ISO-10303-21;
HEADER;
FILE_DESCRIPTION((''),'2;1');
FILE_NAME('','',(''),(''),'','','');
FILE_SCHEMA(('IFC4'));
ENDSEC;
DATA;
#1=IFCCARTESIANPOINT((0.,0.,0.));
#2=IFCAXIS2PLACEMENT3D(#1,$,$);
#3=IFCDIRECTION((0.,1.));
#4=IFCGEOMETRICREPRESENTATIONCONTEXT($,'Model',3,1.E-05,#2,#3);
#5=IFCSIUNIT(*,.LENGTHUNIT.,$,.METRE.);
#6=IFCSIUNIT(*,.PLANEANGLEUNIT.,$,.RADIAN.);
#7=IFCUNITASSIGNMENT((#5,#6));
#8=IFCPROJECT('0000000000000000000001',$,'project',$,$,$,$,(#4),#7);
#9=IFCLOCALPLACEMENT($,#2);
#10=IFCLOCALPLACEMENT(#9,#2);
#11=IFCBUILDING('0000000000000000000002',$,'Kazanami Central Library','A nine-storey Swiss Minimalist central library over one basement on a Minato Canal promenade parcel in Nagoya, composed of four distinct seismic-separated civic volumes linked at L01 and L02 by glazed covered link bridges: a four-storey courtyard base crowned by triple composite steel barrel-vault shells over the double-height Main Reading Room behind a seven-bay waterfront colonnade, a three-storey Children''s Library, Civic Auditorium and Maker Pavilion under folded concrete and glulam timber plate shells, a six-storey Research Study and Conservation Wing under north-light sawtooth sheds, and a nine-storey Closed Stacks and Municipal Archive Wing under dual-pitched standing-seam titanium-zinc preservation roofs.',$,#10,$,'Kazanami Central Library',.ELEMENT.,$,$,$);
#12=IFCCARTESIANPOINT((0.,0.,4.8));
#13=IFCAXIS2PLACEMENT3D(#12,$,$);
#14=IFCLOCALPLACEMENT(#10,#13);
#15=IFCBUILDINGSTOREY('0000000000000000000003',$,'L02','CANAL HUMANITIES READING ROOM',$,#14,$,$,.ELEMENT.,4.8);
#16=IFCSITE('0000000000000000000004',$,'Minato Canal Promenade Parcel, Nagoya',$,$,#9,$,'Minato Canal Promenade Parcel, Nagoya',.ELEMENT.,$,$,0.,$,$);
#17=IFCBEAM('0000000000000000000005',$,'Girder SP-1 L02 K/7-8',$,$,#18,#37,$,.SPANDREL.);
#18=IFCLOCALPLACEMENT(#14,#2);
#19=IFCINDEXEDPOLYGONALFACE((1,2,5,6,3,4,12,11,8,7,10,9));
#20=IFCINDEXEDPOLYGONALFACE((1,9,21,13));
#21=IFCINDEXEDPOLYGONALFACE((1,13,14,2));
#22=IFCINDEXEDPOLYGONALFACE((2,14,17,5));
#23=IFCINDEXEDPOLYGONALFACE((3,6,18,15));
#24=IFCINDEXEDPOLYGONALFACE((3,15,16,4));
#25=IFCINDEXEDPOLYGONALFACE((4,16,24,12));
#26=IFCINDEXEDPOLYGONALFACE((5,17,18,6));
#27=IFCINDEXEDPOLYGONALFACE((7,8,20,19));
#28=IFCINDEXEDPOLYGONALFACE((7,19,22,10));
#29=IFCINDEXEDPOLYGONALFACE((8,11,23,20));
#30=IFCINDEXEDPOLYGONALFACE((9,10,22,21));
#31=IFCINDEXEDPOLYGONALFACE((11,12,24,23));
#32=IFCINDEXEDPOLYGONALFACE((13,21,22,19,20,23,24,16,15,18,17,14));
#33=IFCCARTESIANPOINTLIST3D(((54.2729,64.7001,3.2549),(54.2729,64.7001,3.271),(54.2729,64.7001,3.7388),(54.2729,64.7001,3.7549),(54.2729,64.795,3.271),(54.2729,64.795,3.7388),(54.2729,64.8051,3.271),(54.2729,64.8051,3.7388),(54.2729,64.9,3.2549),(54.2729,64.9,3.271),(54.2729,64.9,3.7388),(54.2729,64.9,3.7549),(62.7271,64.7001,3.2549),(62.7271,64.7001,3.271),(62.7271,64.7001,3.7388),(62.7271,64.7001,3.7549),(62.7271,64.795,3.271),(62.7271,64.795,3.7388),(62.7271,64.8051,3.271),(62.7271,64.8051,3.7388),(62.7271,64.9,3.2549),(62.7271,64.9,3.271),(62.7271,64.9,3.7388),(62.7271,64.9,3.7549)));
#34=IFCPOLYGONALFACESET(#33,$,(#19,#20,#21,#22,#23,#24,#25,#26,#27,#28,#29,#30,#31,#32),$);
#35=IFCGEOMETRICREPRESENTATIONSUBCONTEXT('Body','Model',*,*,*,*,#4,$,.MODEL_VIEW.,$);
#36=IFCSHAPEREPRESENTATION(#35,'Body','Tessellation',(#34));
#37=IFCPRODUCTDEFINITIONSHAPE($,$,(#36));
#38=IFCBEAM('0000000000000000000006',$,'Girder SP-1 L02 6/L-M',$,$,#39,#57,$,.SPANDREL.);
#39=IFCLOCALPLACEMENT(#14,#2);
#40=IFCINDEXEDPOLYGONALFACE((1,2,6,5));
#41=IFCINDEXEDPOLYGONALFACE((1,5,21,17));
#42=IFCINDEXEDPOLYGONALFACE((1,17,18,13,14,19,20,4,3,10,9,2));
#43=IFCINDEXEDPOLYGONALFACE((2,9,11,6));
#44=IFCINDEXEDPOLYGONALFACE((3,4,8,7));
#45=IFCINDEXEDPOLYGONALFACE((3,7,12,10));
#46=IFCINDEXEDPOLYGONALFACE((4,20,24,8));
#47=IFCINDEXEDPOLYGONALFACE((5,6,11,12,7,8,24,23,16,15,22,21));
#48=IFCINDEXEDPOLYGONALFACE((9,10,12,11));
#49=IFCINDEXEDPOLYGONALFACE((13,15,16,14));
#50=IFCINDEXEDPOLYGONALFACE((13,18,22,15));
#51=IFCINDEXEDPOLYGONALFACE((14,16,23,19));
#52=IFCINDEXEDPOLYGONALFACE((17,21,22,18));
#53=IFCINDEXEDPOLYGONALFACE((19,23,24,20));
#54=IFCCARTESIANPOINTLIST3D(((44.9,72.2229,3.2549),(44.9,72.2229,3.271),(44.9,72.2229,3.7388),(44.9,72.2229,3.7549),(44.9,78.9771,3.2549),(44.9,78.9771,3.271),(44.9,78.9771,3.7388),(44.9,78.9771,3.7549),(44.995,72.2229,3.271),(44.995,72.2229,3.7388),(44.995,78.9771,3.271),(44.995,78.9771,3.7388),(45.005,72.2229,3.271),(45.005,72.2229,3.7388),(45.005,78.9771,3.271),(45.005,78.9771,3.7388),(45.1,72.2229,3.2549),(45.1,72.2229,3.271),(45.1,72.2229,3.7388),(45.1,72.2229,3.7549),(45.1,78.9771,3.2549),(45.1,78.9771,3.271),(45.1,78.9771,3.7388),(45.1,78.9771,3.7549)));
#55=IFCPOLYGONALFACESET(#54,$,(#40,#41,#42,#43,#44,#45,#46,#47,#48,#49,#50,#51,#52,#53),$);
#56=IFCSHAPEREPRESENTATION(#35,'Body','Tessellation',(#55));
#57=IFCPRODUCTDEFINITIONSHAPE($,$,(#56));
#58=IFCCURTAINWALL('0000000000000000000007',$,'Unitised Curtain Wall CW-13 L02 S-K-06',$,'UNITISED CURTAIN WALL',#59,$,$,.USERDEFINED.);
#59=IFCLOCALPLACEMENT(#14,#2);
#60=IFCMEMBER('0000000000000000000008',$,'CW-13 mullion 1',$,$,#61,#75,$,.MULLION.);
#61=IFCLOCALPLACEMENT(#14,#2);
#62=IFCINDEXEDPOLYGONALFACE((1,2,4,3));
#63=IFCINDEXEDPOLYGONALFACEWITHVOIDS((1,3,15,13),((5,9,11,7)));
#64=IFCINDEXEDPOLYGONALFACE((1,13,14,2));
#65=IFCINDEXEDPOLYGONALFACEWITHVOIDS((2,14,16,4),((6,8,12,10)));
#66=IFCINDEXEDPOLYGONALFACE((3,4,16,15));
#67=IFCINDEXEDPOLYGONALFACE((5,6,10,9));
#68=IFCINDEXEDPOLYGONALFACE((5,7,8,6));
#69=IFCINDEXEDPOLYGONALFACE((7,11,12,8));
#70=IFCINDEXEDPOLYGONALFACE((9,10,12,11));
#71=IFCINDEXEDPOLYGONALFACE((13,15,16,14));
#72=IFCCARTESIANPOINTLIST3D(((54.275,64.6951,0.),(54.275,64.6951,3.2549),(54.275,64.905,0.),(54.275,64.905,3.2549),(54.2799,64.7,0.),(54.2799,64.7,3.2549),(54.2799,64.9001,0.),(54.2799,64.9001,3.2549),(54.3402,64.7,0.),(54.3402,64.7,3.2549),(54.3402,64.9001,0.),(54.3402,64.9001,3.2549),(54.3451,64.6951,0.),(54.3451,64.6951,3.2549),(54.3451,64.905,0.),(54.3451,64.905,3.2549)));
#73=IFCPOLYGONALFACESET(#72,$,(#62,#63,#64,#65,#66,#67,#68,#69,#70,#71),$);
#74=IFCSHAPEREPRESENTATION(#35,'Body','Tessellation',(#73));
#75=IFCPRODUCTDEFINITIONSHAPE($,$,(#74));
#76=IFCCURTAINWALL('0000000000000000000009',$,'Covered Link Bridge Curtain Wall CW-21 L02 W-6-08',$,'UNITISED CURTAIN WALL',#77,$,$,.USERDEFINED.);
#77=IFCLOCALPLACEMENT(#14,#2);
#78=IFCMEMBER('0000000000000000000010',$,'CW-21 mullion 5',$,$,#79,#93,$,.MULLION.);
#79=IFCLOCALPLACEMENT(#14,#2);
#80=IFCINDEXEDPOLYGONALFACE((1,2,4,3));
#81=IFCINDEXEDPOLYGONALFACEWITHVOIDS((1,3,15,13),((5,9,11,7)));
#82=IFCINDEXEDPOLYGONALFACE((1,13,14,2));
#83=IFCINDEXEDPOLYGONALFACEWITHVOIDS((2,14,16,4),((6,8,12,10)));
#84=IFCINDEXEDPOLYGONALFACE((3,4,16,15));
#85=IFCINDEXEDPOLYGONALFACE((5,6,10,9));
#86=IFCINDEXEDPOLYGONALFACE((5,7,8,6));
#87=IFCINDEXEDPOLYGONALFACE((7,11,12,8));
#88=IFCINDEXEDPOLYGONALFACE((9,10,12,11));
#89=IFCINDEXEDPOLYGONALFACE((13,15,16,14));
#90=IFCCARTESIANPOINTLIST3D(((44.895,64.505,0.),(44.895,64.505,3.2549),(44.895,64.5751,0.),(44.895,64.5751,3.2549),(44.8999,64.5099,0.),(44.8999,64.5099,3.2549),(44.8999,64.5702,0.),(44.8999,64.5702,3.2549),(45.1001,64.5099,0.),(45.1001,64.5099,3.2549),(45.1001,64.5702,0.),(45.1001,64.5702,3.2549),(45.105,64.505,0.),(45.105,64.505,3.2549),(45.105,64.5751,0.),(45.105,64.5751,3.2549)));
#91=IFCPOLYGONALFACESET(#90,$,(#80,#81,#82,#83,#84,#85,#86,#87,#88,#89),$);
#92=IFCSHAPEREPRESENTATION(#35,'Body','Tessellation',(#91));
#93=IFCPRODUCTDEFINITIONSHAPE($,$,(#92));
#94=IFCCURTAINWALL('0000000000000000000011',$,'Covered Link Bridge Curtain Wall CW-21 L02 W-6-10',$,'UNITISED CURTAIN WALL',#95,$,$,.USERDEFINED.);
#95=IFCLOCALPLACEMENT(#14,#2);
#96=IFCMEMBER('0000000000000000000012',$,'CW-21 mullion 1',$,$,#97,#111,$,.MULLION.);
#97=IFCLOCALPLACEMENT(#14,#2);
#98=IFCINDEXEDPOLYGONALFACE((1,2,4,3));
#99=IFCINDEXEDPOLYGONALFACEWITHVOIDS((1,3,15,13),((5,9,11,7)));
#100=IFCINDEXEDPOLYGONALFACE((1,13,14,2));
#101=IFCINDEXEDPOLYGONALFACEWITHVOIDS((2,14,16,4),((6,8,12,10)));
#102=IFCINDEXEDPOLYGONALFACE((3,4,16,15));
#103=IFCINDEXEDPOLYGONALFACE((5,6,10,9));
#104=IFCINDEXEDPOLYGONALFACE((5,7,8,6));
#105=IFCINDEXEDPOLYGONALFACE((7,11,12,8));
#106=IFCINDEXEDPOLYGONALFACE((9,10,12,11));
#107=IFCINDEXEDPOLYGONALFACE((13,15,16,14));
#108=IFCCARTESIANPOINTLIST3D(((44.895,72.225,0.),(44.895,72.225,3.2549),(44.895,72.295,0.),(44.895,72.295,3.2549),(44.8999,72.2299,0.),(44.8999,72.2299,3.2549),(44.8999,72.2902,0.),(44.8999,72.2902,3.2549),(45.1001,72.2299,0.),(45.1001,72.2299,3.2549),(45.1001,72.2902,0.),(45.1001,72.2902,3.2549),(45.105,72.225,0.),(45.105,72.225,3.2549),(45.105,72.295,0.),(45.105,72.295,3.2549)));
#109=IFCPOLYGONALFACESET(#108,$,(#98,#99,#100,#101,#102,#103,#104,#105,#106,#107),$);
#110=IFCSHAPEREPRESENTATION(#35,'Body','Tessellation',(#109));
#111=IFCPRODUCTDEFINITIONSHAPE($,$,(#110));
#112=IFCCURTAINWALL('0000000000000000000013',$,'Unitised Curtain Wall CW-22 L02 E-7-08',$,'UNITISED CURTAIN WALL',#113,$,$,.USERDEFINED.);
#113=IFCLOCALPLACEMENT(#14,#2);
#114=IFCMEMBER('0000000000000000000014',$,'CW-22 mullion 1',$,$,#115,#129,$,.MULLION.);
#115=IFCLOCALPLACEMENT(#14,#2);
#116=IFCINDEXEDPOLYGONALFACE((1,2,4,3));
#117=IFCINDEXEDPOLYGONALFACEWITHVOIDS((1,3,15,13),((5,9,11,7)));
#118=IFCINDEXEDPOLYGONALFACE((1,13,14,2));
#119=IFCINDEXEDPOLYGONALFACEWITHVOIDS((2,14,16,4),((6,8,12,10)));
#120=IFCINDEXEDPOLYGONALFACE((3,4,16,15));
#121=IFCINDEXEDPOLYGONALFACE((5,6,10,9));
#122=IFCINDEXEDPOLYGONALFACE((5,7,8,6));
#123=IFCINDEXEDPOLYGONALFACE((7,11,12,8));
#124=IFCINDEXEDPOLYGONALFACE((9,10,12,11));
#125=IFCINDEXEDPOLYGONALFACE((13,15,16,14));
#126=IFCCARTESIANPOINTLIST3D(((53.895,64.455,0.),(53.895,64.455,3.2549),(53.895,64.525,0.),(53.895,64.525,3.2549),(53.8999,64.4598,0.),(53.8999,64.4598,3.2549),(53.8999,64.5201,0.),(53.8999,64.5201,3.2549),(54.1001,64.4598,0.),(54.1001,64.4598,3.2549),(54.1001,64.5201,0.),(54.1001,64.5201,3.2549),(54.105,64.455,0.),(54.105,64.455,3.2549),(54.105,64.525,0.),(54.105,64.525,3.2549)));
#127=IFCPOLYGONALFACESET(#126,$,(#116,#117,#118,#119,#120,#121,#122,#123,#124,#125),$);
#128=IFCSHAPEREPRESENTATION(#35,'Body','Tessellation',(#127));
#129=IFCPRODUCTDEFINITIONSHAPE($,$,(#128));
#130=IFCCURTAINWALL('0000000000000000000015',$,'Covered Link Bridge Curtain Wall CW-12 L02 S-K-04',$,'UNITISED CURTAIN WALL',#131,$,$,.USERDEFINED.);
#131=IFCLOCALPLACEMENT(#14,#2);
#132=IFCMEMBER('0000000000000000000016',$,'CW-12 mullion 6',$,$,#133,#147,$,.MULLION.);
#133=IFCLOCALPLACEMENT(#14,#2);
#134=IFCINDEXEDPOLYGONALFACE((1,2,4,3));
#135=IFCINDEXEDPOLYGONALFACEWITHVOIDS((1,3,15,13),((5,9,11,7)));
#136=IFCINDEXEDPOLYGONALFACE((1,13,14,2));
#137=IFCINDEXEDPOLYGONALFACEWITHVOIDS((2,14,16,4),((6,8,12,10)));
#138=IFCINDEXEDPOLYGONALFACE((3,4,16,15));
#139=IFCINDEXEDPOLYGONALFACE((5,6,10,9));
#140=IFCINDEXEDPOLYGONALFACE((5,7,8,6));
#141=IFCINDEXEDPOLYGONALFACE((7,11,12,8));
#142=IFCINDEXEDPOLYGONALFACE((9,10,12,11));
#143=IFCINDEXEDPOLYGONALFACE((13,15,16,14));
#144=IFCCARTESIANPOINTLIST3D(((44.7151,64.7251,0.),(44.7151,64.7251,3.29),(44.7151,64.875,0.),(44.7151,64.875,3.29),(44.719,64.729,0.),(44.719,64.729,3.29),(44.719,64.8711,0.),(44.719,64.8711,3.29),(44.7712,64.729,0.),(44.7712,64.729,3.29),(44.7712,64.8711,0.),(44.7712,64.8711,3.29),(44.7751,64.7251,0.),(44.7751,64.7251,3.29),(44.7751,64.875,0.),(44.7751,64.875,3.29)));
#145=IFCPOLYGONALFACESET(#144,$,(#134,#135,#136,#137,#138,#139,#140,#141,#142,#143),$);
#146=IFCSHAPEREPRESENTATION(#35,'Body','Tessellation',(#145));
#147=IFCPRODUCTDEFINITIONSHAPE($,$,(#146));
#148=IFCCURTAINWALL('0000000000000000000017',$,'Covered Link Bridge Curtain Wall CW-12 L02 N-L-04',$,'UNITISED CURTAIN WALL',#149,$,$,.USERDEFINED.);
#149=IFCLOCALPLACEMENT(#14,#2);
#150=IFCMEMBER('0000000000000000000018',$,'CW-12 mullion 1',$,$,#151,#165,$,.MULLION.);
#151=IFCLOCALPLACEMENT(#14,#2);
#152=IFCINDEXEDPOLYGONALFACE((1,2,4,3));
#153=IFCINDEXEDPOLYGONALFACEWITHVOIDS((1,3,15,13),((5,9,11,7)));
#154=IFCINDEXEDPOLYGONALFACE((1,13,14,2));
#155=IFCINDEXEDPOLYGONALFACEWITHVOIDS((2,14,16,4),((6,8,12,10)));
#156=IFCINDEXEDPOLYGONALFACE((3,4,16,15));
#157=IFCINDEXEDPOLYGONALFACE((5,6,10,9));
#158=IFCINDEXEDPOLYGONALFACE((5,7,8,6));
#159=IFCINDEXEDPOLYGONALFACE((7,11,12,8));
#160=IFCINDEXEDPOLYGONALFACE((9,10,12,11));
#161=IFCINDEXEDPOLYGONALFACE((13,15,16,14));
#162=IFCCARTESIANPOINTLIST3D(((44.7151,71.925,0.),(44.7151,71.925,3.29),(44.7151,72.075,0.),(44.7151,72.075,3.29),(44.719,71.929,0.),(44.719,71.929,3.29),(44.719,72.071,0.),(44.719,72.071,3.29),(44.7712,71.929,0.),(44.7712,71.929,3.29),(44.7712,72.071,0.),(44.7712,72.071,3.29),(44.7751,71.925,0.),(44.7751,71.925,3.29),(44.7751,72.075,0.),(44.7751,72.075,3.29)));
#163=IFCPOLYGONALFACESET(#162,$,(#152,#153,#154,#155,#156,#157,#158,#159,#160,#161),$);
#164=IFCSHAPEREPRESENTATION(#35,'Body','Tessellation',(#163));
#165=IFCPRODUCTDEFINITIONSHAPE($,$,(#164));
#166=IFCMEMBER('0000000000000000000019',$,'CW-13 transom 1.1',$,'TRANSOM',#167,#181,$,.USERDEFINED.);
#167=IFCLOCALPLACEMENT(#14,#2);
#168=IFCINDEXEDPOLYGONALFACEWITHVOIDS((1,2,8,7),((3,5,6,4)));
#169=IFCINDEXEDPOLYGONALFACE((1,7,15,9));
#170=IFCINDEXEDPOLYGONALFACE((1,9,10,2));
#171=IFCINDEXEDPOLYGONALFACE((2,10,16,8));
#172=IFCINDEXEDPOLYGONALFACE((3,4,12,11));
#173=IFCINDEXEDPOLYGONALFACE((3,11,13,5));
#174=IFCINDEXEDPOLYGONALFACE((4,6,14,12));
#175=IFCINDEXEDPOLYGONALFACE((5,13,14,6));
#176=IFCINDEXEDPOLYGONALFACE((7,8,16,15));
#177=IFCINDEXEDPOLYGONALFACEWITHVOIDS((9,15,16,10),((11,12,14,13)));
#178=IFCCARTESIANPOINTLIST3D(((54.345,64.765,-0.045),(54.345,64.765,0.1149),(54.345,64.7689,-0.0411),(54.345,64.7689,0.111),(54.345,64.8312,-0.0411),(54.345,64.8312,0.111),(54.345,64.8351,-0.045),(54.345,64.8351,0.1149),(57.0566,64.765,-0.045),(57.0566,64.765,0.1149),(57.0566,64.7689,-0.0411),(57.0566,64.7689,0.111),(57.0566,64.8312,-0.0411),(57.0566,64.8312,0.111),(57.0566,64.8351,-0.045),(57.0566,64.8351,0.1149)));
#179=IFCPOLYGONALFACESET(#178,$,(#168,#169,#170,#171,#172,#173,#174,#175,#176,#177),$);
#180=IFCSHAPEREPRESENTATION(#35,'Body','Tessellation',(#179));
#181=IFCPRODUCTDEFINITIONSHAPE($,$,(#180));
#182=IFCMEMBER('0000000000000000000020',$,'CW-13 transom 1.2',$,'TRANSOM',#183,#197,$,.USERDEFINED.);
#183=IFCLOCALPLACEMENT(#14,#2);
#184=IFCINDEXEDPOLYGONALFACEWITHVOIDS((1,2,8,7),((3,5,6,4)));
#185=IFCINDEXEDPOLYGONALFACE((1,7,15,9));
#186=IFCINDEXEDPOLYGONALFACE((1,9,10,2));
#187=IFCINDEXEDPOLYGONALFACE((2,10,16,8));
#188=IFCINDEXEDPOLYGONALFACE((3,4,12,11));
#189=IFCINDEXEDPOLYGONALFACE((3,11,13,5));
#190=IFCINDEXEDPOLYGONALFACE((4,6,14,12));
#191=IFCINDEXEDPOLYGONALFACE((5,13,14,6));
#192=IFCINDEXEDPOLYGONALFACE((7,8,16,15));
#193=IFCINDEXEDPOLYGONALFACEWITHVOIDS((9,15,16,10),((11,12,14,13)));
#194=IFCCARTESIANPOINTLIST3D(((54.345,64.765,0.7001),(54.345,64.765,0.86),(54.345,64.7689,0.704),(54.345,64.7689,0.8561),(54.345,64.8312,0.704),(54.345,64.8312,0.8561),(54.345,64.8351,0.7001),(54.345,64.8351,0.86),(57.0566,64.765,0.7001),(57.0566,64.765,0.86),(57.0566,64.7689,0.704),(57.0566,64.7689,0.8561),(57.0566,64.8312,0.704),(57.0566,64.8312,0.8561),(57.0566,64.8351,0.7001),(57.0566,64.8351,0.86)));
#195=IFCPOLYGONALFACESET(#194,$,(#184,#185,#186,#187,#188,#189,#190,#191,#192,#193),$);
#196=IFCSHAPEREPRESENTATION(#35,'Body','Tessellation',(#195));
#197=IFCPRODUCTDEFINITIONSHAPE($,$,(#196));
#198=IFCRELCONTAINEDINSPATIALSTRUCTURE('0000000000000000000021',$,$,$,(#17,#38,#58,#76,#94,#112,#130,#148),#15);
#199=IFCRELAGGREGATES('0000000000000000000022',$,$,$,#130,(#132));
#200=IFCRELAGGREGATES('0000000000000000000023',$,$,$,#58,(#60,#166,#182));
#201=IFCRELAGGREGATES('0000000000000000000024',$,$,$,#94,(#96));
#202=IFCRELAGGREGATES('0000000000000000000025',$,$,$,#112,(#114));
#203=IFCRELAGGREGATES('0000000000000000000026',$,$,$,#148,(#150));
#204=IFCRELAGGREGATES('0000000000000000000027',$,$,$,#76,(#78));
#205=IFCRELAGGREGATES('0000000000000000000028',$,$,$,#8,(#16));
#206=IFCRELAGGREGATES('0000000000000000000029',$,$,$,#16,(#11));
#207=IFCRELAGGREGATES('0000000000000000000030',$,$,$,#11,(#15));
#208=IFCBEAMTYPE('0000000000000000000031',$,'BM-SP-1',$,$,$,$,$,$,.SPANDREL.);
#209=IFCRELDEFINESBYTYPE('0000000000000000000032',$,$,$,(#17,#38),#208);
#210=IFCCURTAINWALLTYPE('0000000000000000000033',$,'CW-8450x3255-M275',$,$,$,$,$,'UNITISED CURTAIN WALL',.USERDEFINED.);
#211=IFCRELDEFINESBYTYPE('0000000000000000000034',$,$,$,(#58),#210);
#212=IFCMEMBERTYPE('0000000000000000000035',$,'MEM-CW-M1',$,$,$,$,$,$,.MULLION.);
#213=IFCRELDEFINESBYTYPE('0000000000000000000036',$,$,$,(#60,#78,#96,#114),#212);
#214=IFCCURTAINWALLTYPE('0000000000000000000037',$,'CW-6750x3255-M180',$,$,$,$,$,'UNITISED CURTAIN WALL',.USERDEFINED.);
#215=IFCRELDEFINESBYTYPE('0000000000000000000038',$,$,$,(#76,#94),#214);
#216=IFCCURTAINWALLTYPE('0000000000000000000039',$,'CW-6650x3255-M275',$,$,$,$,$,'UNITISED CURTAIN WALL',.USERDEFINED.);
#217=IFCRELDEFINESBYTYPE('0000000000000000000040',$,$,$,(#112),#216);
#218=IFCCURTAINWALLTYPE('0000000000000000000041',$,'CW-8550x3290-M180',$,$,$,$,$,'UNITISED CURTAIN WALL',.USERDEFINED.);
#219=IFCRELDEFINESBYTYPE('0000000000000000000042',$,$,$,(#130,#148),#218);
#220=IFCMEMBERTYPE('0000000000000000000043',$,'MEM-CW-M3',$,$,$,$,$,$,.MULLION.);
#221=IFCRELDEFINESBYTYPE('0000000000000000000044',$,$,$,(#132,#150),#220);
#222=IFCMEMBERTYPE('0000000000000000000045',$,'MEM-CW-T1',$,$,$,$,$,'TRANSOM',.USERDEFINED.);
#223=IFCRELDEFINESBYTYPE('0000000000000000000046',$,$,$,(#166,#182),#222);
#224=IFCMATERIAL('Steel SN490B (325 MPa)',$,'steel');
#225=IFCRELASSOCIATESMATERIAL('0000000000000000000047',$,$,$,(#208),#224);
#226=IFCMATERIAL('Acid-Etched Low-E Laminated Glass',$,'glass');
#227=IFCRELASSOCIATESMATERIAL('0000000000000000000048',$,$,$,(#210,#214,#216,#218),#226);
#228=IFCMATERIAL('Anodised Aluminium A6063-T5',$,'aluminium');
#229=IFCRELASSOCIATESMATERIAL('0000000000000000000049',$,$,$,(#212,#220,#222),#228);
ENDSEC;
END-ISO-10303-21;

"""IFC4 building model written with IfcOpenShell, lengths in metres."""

from ifc_helpers import new_model, si_unit, direction, frame, origin, origin_2d, place, context, subcontext, project, spatial, hollow_rectangle, i_section, extrude, material, material_profile, profile_set, type_object, element, aggregate, save


model = new_model("IFC4")

# Units and contexts
model_context = context("Model", 3, precision=1e-05, world=origin(), true_north=direction((0.0, 1.0)))
body_context = subcontext(model_context, "Body", "Model", "MODEL_VIEW")
ifc_project = project(units=[si_unit("LENGTHUNIT", "METRE"), si_unit("PLANEANGLEUNIT", "RADIAN")], contexts=[model_context])

# Site, building, storey
site_placement = place(None, origin())
site = spatial("IfcSite", under=ifc_project, at=site_placement, Name="Minato Canal Promenade Parcel, Nagoya", LongName="Minato Canal Promenade Parcel, Nagoya", CompositionType="ELEMENT", RefElevation=0.0)
building_placement = place(site_placement, origin())
building = spatial("IfcBuilding", under=site, at=building_placement, Name="Kazanami Central Library", Description="A nine-storey Swiss Minimalist central library over one basement on a Minato Canal promenade parcel in Nagoya, composed of four distinct seismic-separated civic volumes linked at L01 and L02 by glazed covered link bridges: a four-storey courtyard base crowned by triple composite steel barrel-vault shells over the double-height Main Reading Room behind a seven-bay waterfront colonnade, a three-storey Children's Library, Civic Auditorium and Maker Pavilion under folded concrete and glulam timber plate shells, a six-storey Research Study and Conservation Wing under north-light sawtooth sheds, and a nine-storey Closed Stacks and Municipal Archive Wing under dual-pitched standing-seam titanium-zinc preservation roofs.", LongName="Kazanami Central Library", CompositionType="ELEMENT")
storey_placement = place(building_placement, frame((0.0, 0.0, 4.8)))
storey = spatial("IfcBuildingStorey", under=building, at=storey_placement, Name="L02", Description="CANAL HUMANITIES READING ROOM", CompositionType="ELEMENT", Elevation=4.8)

# Beams
ifc_material_1 = material(Name="Steel SN490B (325 MPa)", Category="steel")
ifc_material_profile_1 = material_profile(ifc_material_1, i_section(OverallWidth=0.2, OverallDepth=0.5, WebThickness=0.01, FlangeThickness=0.0161, at=origin_2d()), Name="H-500x200x10x16")
ifc_profile_set_1 = profile_set([ifc_material_profile_1], Name="Steel SN490B (325 MPa)")
beam_type_1 = type_object("IfcBeamType", Name="BM-SP-1", PredefinedType="SPANDREL", material=ifc_profile_set_1)
beam_1_placement = place(storey_placement, frame((54.2729, 64.8, 3.5049), z_axis=(1.0, 0.0, 0.0), x_axis=(0.0, 1.0, 0.0)))
element("IfcBeam", 1, at=beam_1_placement, inside=storey, type_object=beam_type_1, Name="Girder SP-1 L02 K/7-8", PredefinedType="SPANDREL", context=body_context, shape_type="SweptSolid", body=[
    extrude(i_section(OverallWidth=0.2, OverallDepth=0.5, WebThickness=0.01, FlangeThickness=0.0161, at=origin_2d()), origin(), (0.0, 0.0, 1.0), 8.4541),
])
beam_2_placement = place(storey_placement, frame((45.0, 72.2229, 3.5049), z_axis=(0.0, 1.0, 0.0), x_axis=(-1.0, 0.0, 0.0)))
element("IfcBeam", 2, at=beam_2_placement, inside=storey, type_object=beam_type_1, Name="Girder SP-1 L02 6/L-M", PredefinedType="SPANDREL", context=body_context, shape_type="SweptSolid", body=[
    extrude(i_section(OverallWidth=0.2, OverallDepth=0.5, WebThickness=0.01, FlangeThickness=0.0161, at=origin_2d()), origin(), (0.0, 0.0, 1.0), 6.7542),
])

# Curtain walls, members
ifc_material_2 = material(Name="Acid-Etched Low-E Laminated Glass", Category="glass")
curtain_wall_type_1 = type_object("IfcCurtainWallType", Name="CW-8450x3255-M275", ElementType="UNITISED CURTAIN WALL", PredefinedType="USERDEFINED", material=ifc_material_2)
curtain_wall_1_placement = place(storey_placement, origin())
curtain_wall_1 = element("IfcCurtainWall", 3, at=curtain_wall_1_placement, inside=storey, type_object=curtain_wall_type_1, Name="Unitised Curtain Wall CW-13 L02 S-K-06", ObjectType="UNITISED CURTAIN WALL", PredefinedType="USERDEFINED")
ifc_material_3 = material(Name="Anodised Aluminium A6063-T5", Category="aluminium")
ifc_material_profile_2 = material_profile(ifc_material_3, hollow_rectangle(XDim=0.0701, YDim=0.21, WallThickness=0.0049, at=origin_2d()), Name="ALU-MULL-70x210x5")
ifc_profile_set_2 = profile_set([ifc_material_profile_2], Name="Anodised Aluminium A6063-T5")
member_type_1 = type_object("IfcMemberType", Name="MEM-CW-M1", PredefinedType="MULLION", material=ifc_profile_set_2)
member_1_placement = place(storey_placement, frame((54.3101, 64.8, 0.0), z_axis=(0.0, 0.0, 1.0), x_axis=(1.0, 0.0, 0.0)))
member_1 = element("IfcMember", 4, at=member_1_placement, type_object=member_type_1, Name="CW-13 mullion 1", PredefinedType="MULLION", context=body_context, shape_type="SweptSolid", body=[
    extrude(hollow_rectangle(XDim=0.0701, YDim=0.21, WallThickness=0.0049, at=origin_2d()), origin(), (0.0, 0.0, 1.0), 3.2549),
])
curtain_wall_type_2 = type_object("IfcCurtainWallType", Name="CW-6750x3255-M180", ElementType="UNITISED CURTAIN WALL", PredefinedType="USERDEFINED", material=ifc_material_2)
curtain_wall_2_placement = place(storey_placement, origin())
curtain_wall_2 = element("IfcCurtainWall", 5, at=curtain_wall_2_placement, inside=storey, type_object=curtain_wall_type_2, Name="Covered Link Bridge Curtain Wall CW-21 L02 W-6-08", ObjectType="UNITISED CURTAIN WALL", PredefinedType="USERDEFINED")
member_2_placement = place(storey_placement, frame((45.0, 64.54, 0.0), z_axis=(0.0, 0.0, 1.0), x_axis=(0.0, 1.0, 0.0)))
member_2 = element("IfcMember", 6, at=member_2_placement, type_object=member_type_1, Name="CW-21 mullion 5", PredefinedType="MULLION", context=body_context, shape_type="SweptSolid", body=[
    extrude(hollow_rectangle(XDim=0.0701, YDim=0.21, WallThickness=0.0049, at=origin_2d()), origin(), (0.0, 0.0, 1.0), 3.2549),
])
curtain_wall_3_placement = place(storey_placement, origin())
curtain_wall_3 = element("IfcCurtainWall", 7, at=curtain_wall_3_placement, inside=storey, type_object=curtain_wall_type_2, Name="Covered Link Bridge Curtain Wall CW-21 L02 W-6-10", ObjectType="UNITISED CURTAIN WALL", PredefinedType="USERDEFINED")
member_3_placement = place(storey_placement, frame((45.0, 72.26, 0.0), z_axis=(0.0, 0.0, 1.0), x_axis=(0.0, 1.0, 0.0)))
member_3 = element("IfcMember", 8, at=member_3_placement, type_object=member_type_1, Name="CW-21 mullion 1", PredefinedType="MULLION", context=body_context, shape_type="SweptSolid", body=[
    extrude(hollow_rectangle(XDim=0.0701, YDim=0.21, WallThickness=0.0049, at=origin_2d()), origin(), (0.0, 0.0, 1.0), 3.2549),
])
curtain_wall_type_3 = type_object("IfcCurtainWallType", Name="CW-6650x3255-M275", ElementType="UNITISED CURTAIN WALL", PredefinedType="USERDEFINED", material=ifc_material_2)
curtain_wall_4_placement = place(storey_placement, origin())
curtain_wall_4 = element("IfcCurtainWall", 9, at=curtain_wall_4_placement, inside=storey, type_object=curtain_wall_type_3, Name="Unitised Curtain Wall CW-22 L02 E-7-08", ObjectType="UNITISED CURTAIN WALL", PredefinedType="USERDEFINED")
member_4_placement = place(storey_placement, frame((54.0, 64.49, 0.0), z_axis=(0.0, 0.0, 1.0), x_axis=(0.0, -1.0, 0.0)))
member_4 = element("IfcMember", 10, at=member_4_placement, type_object=member_type_1, Name="CW-22 mullion 1", PredefinedType="MULLION", context=body_context, shape_type="SweptSolid", body=[
    extrude(hollow_rectangle(XDim=0.0701, YDim=0.21, WallThickness=0.0049, at=origin_2d()), origin(), (0.0, 0.0, 1.0), 3.2549),
])
curtain_wall_type_4 = type_object("IfcCurtainWallType", Name="CW-8550x3290-M180", ElementType="UNITISED CURTAIN WALL", PredefinedType="USERDEFINED", material=ifc_material_2)
curtain_wall_5_placement = place(storey_placement, origin())
curtain_wall_5 = element("IfcCurtainWall", 11, at=curtain_wall_5_placement, inside=storey, type_object=curtain_wall_type_4, Name="Covered Link Bridge Curtain Wall CW-12 L02 S-K-04", ObjectType="UNITISED CURTAIN WALL", PredefinedType="USERDEFINED")
ifc_material_profile_3 = material_profile(ifc_material_3, hollow_rectangle(XDim=0.0601, YDim=0.1499, WallThickness=0.0039, at=origin_2d()), Name="ALU-MULL-60x150x4")
ifc_profile_set_3 = profile_set([ifc_material_profile_3], Name="Anodised Aluminium A6063-T5")
member_type_2 = type_object("IfcMemberType", Name="MEM-CW-M3", PredefinedType="MULLION", material=ifc_profile_set_3)
member_5_placement = place(storey_placement, frame((44.7451, 64.8, 0.0), z_axis=(0.0, 0.0, 1.0), x_axis=(1.0, 0.0, 0.0)))
member_5 = element("IfcMember", 12, at=member_5_placement, type_object=member_type_2, Name="CW-12 mullion 6", PredefinedType="MULLION", context=body_context, shape_type="SweptSolid", body=[
    extrude(hollow_rectangle(XDim=0.0601, YDim=0.1499, WallThickness=0.0039, at=origin_2d()), origin(), (0.0, 0.0, 1.0), 3.29),
])
aggregate(curtain_wall_5, [member_5])
curtain_wall_6_placement = place(storey_placement, origin())
curtain_wall_6 = element("IfcCurtainWall", 13, at=curtain_wall_6_placement, inside=storey, type_object=curtain_wall_type_4, Name="Covered Link Bridge Curtain Wall CW-12 L02 N-L-04", ObjectType="UNITISED CURTAIN WALL", PredefinedType="USERDEFINED")
member_6_placement = place(storey_placement, frame((44.7451, 72.0, 0.0), z_axis=(0.0, 0.0, 1.0), x_axis=(-1.0, 0.0, 0.0)))
member_6 = element("IfcMember", 14, at=member_6_placement, type_object=member_type_2, Name="CW-12 mullion 1", PredefinedType="MULLION", context=body_context, shape_type="SweptSolid", body=[
    extrude(hollow_rectangle(XDim=0.0601, YDim=0.1499, WallThickness=0.0039, at=origin_2d()), origin(), (0.0, 0.0, 1.0), 3.29),
])

# Members
ifc_material_profile_4 = material_profile(ifc_material_3, hollow_rectangle(XDim=0.0701, YDim=0.1599, WallThickness=0.0039, at=origin_2d()), Name="ALU-TRAN-70x160x4")
ifc_profile_set_4 = profile_set([ifc_material_profile_4], Name="Anodised Aluminium A6063-T5")
member_type_3 = type_object("IfcMemberType", Name="MEM-CW-T1", ElementType="TRANSOM", PredefinedType="USERDEFINED", material=ifc_profile_set_4)
member_7_placement = place(storey_placement, frame((54.345, 64.8, 0.0349), z_axis=(1.0, 0.0, 0.0), x_axis=(0.0, 1.0, 0.0)))
member_7 = element("IfcMember", 15, at=member_7_placement, type_object=member_type_3, Name="CW-13 transom 1.1", ObjectType="TRANSOM", PredefinedType="USERDEFINED", context=body_context, shape_type="SweptSolid", body=[
    extrude(hollow_rectangle(XDim=0.0701, YDim=0.1599, WallThickness=0.0039, at=origin_2d()), origin(), (0.0, 0.0, 1.0), 2.7117),
])
member_8_placement = place(storey_placement, frame((54.345, 64.8, 0.78), z_axis=(1.0, 0.0, 0.0), x_axis=(0.0, 1.0, 0.0)))
member_8 = element("IfcMember", 16, at=member_8_placement, type_object=member_type_3, Name="CW-13 transom 1.2", ObjectType="TRANSOM", PredefinedType="USERDEFINED", context=body_context, shape_type="SweptSolid", body=[
    extrude(hollow_rectangle(XDim=0.0701, YDim=0.1599, WallThickness=0.0039, at=origin_2d()), origin(), (0.0, 0.0, 1.0), 2.7117),
])
aggregate(curtain_wall_1, [member_1, member_7, member_8])
aggregate(curtain_wall_3, [member_3])
aggregate(curtain_wall_4, [member_4])
aggregate(curtain_wall_6, [member_6])

aggregate(curtain_wall_2, [member_2])

save(model, "model.ifc")
